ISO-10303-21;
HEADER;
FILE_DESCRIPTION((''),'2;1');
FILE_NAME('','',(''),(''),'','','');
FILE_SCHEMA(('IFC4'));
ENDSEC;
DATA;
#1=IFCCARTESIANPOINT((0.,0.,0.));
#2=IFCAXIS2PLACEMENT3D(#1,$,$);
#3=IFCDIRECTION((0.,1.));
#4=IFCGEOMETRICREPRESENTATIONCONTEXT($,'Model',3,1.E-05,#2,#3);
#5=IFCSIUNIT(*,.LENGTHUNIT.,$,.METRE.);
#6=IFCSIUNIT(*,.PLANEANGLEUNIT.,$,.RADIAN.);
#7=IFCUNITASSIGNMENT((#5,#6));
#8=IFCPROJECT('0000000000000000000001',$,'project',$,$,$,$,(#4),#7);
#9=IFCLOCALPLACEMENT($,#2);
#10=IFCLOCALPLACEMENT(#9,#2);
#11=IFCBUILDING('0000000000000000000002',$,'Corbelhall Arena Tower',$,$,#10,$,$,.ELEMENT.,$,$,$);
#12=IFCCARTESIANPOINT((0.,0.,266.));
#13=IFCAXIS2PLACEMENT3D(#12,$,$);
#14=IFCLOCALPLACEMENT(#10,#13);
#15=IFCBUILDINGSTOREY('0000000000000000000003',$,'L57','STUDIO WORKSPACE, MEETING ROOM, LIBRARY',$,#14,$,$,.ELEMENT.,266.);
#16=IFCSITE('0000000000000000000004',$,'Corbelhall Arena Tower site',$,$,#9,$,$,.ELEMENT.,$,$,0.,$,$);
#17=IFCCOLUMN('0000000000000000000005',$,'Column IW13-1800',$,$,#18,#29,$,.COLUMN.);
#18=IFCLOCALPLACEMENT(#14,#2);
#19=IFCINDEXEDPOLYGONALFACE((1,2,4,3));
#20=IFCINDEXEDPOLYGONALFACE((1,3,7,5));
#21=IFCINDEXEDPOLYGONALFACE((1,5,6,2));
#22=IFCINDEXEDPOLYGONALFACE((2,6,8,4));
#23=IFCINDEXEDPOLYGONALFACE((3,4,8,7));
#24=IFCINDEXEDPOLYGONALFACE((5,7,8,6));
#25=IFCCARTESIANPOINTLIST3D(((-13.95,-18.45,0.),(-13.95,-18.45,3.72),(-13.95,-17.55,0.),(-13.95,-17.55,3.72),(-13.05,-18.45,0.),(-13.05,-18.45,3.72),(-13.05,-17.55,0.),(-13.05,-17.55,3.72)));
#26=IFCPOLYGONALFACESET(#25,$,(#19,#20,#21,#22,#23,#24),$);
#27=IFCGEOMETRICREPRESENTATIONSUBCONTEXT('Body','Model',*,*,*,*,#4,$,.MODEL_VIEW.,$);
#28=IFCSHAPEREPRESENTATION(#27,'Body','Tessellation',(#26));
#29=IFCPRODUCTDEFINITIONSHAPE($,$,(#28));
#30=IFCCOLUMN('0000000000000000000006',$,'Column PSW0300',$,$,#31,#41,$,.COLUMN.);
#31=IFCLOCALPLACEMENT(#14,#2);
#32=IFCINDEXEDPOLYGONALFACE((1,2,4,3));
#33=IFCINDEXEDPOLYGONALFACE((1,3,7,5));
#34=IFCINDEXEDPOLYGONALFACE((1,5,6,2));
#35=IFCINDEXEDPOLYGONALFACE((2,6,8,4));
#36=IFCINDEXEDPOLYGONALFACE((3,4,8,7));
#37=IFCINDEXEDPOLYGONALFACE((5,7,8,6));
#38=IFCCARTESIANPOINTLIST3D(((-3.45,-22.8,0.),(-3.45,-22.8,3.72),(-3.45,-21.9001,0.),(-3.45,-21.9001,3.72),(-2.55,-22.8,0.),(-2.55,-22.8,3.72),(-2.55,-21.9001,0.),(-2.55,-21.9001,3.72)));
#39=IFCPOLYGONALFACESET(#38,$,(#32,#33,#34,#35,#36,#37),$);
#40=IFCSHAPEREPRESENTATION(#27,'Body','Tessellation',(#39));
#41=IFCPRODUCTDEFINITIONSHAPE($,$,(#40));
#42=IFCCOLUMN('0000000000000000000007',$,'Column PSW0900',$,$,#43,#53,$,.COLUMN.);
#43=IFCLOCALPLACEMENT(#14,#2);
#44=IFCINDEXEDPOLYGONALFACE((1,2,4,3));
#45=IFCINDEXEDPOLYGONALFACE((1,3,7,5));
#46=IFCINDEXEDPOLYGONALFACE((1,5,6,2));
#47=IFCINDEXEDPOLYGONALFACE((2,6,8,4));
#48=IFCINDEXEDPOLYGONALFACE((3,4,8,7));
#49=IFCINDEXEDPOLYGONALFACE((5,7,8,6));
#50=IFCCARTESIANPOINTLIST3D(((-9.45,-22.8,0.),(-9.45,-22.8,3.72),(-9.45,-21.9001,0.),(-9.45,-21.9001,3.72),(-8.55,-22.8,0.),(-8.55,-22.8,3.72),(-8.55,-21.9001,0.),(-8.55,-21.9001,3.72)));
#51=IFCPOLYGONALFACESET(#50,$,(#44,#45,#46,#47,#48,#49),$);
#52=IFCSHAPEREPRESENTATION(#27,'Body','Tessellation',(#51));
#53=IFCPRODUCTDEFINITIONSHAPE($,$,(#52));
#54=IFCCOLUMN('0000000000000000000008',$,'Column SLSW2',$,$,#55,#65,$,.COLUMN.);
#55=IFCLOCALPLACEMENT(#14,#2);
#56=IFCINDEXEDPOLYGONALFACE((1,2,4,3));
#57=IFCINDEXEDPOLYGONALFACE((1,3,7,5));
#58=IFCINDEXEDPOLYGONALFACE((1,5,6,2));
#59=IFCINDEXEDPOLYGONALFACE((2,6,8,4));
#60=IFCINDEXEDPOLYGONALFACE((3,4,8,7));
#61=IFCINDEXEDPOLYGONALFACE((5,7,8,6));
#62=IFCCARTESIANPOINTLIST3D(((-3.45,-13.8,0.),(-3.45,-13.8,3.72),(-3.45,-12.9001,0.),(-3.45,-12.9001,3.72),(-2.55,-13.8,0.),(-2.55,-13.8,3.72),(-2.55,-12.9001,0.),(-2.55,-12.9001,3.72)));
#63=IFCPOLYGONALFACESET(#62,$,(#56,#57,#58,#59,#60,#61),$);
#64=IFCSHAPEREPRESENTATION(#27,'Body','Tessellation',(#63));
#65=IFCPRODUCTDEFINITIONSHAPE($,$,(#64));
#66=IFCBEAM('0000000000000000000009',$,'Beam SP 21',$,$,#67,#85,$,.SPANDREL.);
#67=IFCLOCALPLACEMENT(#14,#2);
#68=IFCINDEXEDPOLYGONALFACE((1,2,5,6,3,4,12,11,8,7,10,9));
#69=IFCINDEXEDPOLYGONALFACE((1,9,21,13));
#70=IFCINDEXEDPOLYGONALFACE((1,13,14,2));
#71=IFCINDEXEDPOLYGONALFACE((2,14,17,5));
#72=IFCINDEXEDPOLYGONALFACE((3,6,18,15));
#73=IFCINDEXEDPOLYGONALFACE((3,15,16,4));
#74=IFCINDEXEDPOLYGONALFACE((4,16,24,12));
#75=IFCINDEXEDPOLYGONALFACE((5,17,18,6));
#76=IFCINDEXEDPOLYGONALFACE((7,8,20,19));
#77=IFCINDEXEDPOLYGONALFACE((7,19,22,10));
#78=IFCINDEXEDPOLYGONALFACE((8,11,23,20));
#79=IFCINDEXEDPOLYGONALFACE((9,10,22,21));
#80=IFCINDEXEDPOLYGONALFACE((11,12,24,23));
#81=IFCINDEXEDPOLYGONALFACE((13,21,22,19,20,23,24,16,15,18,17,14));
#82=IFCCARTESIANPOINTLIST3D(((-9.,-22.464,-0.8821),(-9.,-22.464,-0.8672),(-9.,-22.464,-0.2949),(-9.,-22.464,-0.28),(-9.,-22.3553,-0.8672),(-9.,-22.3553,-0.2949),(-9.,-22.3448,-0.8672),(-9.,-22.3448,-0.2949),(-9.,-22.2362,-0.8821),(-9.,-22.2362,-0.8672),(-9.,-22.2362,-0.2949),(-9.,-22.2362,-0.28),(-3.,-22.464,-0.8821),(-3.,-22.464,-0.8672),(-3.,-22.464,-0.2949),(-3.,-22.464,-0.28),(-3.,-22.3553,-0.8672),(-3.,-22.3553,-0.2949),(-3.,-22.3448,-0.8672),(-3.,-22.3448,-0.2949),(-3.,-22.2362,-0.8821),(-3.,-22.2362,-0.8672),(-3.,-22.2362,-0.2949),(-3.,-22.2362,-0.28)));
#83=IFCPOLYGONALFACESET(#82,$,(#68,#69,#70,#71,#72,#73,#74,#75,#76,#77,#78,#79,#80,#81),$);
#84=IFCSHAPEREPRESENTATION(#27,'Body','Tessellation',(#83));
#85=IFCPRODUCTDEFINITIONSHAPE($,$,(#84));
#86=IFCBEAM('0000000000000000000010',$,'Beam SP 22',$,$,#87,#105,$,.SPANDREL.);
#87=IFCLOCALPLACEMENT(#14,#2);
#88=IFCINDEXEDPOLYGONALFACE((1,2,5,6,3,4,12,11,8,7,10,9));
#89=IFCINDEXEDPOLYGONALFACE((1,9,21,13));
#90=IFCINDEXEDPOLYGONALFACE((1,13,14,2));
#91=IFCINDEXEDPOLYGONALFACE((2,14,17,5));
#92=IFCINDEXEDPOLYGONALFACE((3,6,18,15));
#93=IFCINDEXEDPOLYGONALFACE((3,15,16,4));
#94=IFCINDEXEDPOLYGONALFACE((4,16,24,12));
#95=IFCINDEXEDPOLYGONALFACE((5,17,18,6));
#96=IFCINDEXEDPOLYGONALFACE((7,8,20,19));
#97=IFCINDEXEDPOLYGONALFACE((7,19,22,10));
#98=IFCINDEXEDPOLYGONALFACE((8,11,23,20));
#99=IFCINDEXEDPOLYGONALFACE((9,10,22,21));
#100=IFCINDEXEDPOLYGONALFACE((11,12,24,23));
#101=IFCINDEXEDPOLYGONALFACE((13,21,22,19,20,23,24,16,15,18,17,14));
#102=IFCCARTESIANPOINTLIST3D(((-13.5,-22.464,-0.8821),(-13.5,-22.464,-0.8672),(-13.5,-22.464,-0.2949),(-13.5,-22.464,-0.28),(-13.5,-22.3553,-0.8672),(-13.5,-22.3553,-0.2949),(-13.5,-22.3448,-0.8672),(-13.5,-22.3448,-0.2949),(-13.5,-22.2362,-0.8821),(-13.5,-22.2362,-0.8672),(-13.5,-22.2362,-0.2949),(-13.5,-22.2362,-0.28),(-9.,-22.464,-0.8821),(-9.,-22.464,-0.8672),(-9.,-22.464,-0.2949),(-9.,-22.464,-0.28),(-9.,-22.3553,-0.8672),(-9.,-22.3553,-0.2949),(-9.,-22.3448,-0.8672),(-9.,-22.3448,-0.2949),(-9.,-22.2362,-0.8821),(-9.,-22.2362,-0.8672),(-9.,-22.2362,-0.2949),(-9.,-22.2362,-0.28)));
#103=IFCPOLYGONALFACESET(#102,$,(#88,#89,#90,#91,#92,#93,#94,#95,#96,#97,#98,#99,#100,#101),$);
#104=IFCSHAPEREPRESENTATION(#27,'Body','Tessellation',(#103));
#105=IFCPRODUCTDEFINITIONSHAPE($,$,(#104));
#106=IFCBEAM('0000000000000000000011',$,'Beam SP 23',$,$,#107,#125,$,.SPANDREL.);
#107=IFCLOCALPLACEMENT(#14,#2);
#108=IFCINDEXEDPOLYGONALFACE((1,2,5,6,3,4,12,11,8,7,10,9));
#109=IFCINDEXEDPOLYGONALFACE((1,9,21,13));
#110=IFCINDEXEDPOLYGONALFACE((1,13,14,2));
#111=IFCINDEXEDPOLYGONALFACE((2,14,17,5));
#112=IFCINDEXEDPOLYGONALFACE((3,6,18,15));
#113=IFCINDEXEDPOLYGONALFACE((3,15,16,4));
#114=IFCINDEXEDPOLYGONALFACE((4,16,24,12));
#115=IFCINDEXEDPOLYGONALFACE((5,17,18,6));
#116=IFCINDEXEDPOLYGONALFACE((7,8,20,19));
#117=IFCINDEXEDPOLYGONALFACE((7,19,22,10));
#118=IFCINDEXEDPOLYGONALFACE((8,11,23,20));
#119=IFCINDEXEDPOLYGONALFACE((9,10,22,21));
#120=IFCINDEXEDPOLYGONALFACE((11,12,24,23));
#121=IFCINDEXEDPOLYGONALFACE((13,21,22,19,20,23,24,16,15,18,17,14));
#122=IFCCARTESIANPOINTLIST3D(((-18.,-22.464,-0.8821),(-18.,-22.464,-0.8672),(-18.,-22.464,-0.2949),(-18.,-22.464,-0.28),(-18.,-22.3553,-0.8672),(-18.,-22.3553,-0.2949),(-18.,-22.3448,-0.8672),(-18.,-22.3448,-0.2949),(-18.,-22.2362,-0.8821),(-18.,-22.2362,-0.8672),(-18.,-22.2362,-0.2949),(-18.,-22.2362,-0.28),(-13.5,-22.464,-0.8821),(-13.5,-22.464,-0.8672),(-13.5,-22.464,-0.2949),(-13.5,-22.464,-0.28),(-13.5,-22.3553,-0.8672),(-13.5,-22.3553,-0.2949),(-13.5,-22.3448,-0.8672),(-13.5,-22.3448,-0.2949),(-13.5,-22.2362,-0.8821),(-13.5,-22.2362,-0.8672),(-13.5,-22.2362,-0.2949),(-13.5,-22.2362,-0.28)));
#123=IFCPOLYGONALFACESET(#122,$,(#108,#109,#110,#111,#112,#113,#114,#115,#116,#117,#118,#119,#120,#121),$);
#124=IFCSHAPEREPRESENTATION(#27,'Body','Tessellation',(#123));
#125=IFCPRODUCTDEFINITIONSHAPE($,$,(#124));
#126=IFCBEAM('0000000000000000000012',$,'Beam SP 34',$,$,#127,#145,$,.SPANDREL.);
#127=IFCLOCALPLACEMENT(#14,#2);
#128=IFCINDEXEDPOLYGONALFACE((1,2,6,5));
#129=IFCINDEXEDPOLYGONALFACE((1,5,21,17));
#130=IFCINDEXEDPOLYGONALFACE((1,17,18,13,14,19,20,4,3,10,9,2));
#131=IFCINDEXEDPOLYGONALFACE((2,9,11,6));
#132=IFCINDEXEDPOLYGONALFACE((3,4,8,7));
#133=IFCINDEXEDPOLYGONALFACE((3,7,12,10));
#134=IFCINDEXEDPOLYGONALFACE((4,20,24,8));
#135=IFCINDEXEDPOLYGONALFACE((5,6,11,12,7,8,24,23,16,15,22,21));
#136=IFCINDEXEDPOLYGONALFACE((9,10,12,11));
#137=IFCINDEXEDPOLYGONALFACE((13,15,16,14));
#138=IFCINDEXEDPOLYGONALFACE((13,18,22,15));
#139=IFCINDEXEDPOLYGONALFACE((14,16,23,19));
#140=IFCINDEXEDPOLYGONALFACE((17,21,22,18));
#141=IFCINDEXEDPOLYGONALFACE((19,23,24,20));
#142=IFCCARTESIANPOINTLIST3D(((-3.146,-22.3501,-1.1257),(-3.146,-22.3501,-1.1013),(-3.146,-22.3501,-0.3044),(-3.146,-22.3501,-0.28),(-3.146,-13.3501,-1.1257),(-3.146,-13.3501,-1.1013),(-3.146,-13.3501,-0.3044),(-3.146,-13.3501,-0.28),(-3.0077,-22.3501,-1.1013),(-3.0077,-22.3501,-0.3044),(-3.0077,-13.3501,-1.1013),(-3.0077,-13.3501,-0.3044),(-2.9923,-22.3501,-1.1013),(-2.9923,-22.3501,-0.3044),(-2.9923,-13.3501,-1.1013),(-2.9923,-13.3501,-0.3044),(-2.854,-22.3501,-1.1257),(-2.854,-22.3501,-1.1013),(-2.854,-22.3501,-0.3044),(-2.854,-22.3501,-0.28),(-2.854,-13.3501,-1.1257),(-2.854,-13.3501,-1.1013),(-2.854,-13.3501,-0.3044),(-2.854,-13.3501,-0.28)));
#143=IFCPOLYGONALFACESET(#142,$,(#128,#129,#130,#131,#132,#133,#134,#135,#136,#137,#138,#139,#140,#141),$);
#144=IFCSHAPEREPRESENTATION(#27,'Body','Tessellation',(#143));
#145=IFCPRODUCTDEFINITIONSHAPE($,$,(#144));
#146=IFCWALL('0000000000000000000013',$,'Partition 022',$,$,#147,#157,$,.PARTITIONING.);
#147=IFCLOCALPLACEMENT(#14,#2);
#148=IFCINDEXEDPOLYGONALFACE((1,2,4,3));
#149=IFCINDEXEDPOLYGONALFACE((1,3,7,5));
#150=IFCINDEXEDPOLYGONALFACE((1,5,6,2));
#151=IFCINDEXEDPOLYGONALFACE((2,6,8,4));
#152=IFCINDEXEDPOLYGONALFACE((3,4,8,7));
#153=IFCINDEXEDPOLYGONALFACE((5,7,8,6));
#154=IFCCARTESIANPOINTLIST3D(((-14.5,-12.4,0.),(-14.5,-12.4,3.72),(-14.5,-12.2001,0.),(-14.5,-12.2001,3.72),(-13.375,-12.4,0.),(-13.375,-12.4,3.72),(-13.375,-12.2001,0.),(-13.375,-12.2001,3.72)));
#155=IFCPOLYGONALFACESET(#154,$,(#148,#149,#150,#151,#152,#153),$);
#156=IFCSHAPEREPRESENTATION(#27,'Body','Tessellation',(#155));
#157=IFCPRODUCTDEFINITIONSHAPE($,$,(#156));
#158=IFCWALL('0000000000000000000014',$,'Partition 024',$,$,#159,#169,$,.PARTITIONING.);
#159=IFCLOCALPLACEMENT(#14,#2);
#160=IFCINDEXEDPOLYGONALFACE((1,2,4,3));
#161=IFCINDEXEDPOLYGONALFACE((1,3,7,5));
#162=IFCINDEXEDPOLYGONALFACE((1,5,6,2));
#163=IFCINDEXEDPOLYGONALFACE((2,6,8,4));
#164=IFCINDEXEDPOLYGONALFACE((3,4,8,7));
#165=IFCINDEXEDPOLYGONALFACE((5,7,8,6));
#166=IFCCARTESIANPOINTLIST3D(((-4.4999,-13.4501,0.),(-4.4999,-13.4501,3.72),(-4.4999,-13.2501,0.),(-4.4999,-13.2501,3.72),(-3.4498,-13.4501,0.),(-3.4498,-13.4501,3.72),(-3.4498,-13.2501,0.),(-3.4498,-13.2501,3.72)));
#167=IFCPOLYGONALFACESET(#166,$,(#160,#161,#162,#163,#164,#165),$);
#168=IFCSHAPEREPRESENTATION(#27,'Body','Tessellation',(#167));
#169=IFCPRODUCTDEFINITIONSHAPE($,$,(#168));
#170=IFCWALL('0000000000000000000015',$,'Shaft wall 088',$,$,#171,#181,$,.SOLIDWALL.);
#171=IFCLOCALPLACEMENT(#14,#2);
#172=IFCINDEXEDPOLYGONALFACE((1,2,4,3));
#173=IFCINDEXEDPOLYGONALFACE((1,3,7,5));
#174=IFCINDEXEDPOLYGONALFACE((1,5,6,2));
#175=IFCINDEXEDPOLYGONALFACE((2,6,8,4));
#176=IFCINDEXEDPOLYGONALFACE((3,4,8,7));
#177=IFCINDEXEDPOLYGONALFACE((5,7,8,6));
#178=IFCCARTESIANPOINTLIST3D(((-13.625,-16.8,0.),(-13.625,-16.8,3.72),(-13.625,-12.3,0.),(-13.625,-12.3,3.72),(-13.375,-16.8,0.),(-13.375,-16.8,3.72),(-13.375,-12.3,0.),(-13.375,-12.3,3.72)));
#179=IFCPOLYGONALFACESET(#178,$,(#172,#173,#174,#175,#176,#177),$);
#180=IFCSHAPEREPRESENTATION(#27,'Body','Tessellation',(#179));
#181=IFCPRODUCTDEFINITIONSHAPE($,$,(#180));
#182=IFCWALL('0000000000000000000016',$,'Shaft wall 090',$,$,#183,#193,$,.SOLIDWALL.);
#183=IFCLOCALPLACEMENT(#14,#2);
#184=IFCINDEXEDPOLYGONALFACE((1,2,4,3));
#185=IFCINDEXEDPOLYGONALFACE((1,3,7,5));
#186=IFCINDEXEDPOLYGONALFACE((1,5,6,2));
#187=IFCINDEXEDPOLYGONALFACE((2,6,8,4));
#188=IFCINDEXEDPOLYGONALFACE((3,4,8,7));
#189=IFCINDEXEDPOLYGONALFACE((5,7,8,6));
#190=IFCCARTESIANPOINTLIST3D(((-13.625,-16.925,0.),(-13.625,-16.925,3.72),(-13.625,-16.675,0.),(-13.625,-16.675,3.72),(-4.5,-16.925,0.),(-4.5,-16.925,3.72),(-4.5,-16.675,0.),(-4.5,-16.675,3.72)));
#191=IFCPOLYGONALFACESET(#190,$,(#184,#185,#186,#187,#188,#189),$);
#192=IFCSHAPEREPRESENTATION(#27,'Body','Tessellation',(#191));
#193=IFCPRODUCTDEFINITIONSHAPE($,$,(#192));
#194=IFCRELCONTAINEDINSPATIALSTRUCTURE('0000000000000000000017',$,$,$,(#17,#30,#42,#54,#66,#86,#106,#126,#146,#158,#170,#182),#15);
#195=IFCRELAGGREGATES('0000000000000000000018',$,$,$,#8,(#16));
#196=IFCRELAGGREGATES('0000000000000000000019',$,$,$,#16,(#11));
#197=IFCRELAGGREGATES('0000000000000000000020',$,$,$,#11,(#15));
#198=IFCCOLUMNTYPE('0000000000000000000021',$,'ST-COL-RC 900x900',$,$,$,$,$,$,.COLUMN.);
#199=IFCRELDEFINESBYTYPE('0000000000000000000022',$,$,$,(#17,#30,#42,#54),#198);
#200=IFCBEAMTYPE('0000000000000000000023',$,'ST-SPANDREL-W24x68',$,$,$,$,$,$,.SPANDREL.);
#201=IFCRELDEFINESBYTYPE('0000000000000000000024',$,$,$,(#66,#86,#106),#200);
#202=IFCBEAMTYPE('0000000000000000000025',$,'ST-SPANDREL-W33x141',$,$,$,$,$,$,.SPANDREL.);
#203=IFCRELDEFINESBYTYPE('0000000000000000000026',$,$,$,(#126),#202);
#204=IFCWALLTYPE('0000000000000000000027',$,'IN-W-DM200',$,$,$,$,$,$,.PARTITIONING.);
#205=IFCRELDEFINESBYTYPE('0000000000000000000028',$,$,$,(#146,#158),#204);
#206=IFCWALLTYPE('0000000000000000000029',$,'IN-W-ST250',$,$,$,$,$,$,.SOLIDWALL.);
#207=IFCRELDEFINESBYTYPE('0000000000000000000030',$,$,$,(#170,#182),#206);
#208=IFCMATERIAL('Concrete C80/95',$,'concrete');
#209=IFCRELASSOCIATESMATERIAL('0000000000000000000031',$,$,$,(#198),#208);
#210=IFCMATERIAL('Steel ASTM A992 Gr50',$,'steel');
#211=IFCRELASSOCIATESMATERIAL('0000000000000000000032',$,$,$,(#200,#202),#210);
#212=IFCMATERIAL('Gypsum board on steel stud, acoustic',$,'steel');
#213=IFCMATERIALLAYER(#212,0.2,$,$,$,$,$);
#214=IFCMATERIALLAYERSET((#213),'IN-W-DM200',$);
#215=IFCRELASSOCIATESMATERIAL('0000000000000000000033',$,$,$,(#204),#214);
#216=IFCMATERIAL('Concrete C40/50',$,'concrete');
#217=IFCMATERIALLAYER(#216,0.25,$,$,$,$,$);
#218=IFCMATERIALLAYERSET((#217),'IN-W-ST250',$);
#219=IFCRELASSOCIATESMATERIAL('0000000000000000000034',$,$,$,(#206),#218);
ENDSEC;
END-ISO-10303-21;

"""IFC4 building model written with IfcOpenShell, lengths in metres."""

from ifc_helpers import new_model, si_unit, direction, frame, frame_2d, origin, origin_2d, place, context, subcontext, project, spatial, rectangle, i_section, extrude, material, layer, layer_set, material_profile, profile_set, type_object, element, save


model = new_model("IFC4")

# Units and contexts
model_context = context("Model", 3, precision=1e-05, world=origin(), true_north=direction((0.0, 1.0)))
body_context = subcontext(model_context, "Body", "Model", "MODEL_VIEW")
ifc_project = project(units=[si_unit("LENGTHUNIT", "METRE"), si_unit("PLANEANGLEUNIT", "RADIAN")], contexts=[model_context])

# Site, building, storey
site_placement = place(None, origin())
site = spatial("IfcSite", under=ifc_project, at=site_placement, Name="Corbelhall Arena Tower site", CompositionType="ELEMENT", RefElevation=0.0)
building_placement = place(site_placement, origin())
building = spatial("IfcBuilding", under=site, at=building_placement, Name="Corbelhall Arena Tower", CompositionType="ELEMENT")
storey_placement = place(building_placement, frame((0.0, 0.0, 266.0)))
storey = spatial("IfcBuildingStorey", under=building, at=storey_placement, Name="L57", Description="STUDIO WORKSPACE, MEETING ROOM, LIBRARY", CompositionType="ELEMENT", Elevation=266.0)

# Columns
ifc_material_1 = material(Name="Concrete C80/95", Category="concrete")
ifc_material_profile_1 = material_profile(ifc_material_1, rectangle(XDim=0.8999, YDim=0.8999, at=origin_2d()))
ifc_profile_set_1 = profile_set([ifc_material_profile_1], Name="Concrete C80/95")
column_type = type_object("IfcColumnType", Name="ST-COL-RC 900x900", PredefinedType="COLUMN", material=ifc_profile_set_1)
for number, where, z_axis, x_axis, name in (
    (1, (-13.5, -18.0, 0.0), (0.0, 0.0, 1.0), (1.0, 0.0, 0.0), "Column IW13-1800"),
    (2, (-3.0, -22.3501, 0.0), (0.0, 0.0, 1.0), (1.0, 0.0, 0.0), "Column PSW0300"),
    (3, (-9.0, -22.3501, 0.0), (0.0, 0.0, 1.0), (1.0, 0.0, 0.0), "Column PSW0900"),
    (4, (-3.0, -13.3501, 0.0), (0.0, 0.0, 1.0), (1.0, 0.0, 0.0), "Column SLSW2"),
):
    element("IfcColumn", number, at=place(storey_placement, frame(where, z_axis=z_axis, x_axis=x_axis)), inside=storey, type_object=column_type, Name=name, PredefinedType="COLUMN", context=body_context, shape_type="SweptSolid", body=[
        extrude(rectangle(XDim=0.8999, YDim=0.8999, at=origin_2d()), origin(), (0.0, 0.0, 1.0), 3.72),
    ])

# Beams
ifc_material_2 = material(Name="Steel ASTM A992 Gr50", Category="steel")
ifc_material_profile_2 = material_profile(ifc_material_2, i_section(OverallWidth=0.2278, OverallDepth=0.6021, WebThickness=0.0105, FlangeThickness=0.0149, at=origin_2d()))
ifc_profile_set_2 = profile_set([ifc_material_profile_2], Name="Steel ASTM A992 Gr50")
beam_type_1 = type_object("IfcBeamType", Name="ST-SPANDREL-W24x68", PredefinedType="SPANDREL", material=ifc_profile_set_2)
beam_1_placement = place(storey_placement, frame((-3.0, -22.3501, -0.5811), z_axis=(-1.0, 0.0, 0.0), x_axis=(0.0, -1.0, 0.0)))
element("IfcBeam", 5, at=beam_1_placement, inside=storey, type_object=beam_type_1, Name="Beam SP 21", PredefinedType="SPANDREL", context=body_context, shape_type="SweptSolid", body=[
    extrude(i_section(OverallWidth=0.2278, OverallDepth=0.6021, WebThickness=0.0105, FlangeThickness=0.0149, at=origin_2d()), origin(), (0.0, 0.0, 1.0), 6.0),
])
for number, where, z_axis, x_axis, name in (
    (6, (-9.0, -22.3501, -0.5811), (-1.0, 0.0, 0.0), (0.0, -1.0, 0.0), "Beam SP 22"),
    (7, (-13.5, -22.3501, -0.5811), (-1.0, 0.0, 0.0), (0.0, -1.0, 0.0), "Beam SP 23"),
):
    element("IfcBeam", number, at=place(storey_placement, frame(where, z_axis=z_axis, x_axis=x_axis)), inside=storey, type_object=beam_type_1, Name=name, PredefinedType="SPANDREL", context=body_context, shape_type="SweptSolid", body=[
        extrude(i_section(OverallWidth=0.2278, OverallDepth=0.6021, WebThickness=0.0105, FlangeThickness=0.0149, at=origin_2d()), origin(), (0.0, 0.0, 1.0), 4.5),
    ])
ifc_material_profile_3 = material_profile(ifc_material_2, i_section(OverallWidth=0.292, OverallDepth=0.8457, WebThickness=0.0154, FlangeThickness=0.0244, at=origin_2d()))
ifc_profile_set_3 = profile_set([ifc_material_profile_3], Name="Steel ASTM A992 Gr50")
beam_type_2 = type_object("IfcBeamType", Name="ST-SPANDREL-W33x141", PredefinedType="SPANDREL", material=ifc_profile_set_3)
beam_2_placement = place(storey_placement, frame((-3.0, -13.3501, -0.7029), z_axis=(0.0, -1.0, 0.0), x_axis=(1.0, 0.0, 0.0)))
element("IfcBeam", 8, at=beam_2_placement, inside=storey, type_object=beam_type_2, Name="Beam SP 34", PredefinedType="SPANDREL", context=body_context, shape_type="SweptSolid", body=[
    extrude(i_section(OverallWidth=0.292, OverallDepth=0.8457, WebThickness=0.0154, FlangeThickness=0.0244, at=origin_2d()), origin(), (0.0, 0.0, 1.0), 9.0),
])

# Walls
ifc_material_3 = material(Name="Gypsum board on steel stud, acoustic", Category="steel")
ifc_layer_1 = layer(ifc_material_3, 0.2)
ifc_layer_set_1 = layer_set([ifc_layer_1], Name="IN-W-DM200")
wall_type_1 = type_object("IfcWallType", Name="IN-W-DM200", PredefinedType="PARTITIONING", material=ifc_layer_set_1)
wall_1_placement = place(storey_placement, frame((-13.375, -12.3, 0.0), z_axis=(0.0, 0.0, 1.0), x_axis=(-1.0, 0.0, 0.0)))
element("IfcWall", 9, at=wall_1_placement, inside=storey, type_object=wall_type_1, Name="Partition 022", PredefinedType="PARTITIONING", context=body_context, shape_type="SweptSolid", body=[
    extrude(rectangle(XDim=1.125, YDim=0.2, at=frame_2d((0.5625, 0.0))), origin(), (0.0, 0.0, 1.0), 3.72),
])
wall_2_placement = place(storey_placement, frame((-3.45, -13.3501, 0.0), z_axis=(0.0, 0.0, 1.0), x_axis=(-1.0, 0.0, 0.0)))
element("IfcWall", 10, at=wall_2_placement, inside=storey, type_object=wall_type_1, Name="Partition 024", PredefinedType="PARTITIONING", context=body_context, shape_type="SweptSolid", body=[
    extrude(rectangle(XDim=1.05, YDim=0.2, at=frame_2d((0.5249, 0.0))), origin(), (0.0, 0.0, 1.0), 3.72),
])
ifc_material_4 = material(Name="Concrete C40/50", Category="concrete")
ifc_layer_2 = layer(ifc_material_4, 0.25)
ifc_layer_set_2 = layer_set([ifc_layer_2], Name="IN-W-ST250")
wall_type_2 = type_object("IfcWallType", Name="IN-W-ST250", PredefinedType="SOLIDWALL", material=ifc_layer_set_2)
wall_3_placement = place(storey_placement, frame((-13.5, -16.8, 0.0), z_axis=(0.0, 0.0, 1.0), x_axis=(0.0, 1.0, 0.0)))
element("IfcWall", 11, at=wall_3_placement, inside=storey, type_object=wall_type_2, Name="Shaft wall 088", PredefinedType="SOLIDWALL", context=body_context, shape_type="SweptSolid", body=[
    extrude(rectangle(XDim=4.5, YDim=0.25, at=frame_2d((2.25, 0.0))), origin(), (0.0, 0.0, 1.0), 3.72),
])
wall_4_placement = place(storey_placement, frame((-4.5, -16.8, 0.0), z_axis=(0.0, 0.0, 1.0), x_axis=(-1.0, 0.0, 0.0)))
element("IfcWall", 12, at=wall_4_placement, inside=storey, type_object=wall_type_2, Name="Shaft wall 090", PredefinedType="SOLIDWALL", context=body_context, shape_type="SweptSolid", body=[
    extrude(rectangle(XDim=9.125, YDim=0.25, at=frame_2d((4.5625, 0.0))), origin(), (0.0, 0.0, 1.0), 3.72),
])

save(model, "model.ifc")
